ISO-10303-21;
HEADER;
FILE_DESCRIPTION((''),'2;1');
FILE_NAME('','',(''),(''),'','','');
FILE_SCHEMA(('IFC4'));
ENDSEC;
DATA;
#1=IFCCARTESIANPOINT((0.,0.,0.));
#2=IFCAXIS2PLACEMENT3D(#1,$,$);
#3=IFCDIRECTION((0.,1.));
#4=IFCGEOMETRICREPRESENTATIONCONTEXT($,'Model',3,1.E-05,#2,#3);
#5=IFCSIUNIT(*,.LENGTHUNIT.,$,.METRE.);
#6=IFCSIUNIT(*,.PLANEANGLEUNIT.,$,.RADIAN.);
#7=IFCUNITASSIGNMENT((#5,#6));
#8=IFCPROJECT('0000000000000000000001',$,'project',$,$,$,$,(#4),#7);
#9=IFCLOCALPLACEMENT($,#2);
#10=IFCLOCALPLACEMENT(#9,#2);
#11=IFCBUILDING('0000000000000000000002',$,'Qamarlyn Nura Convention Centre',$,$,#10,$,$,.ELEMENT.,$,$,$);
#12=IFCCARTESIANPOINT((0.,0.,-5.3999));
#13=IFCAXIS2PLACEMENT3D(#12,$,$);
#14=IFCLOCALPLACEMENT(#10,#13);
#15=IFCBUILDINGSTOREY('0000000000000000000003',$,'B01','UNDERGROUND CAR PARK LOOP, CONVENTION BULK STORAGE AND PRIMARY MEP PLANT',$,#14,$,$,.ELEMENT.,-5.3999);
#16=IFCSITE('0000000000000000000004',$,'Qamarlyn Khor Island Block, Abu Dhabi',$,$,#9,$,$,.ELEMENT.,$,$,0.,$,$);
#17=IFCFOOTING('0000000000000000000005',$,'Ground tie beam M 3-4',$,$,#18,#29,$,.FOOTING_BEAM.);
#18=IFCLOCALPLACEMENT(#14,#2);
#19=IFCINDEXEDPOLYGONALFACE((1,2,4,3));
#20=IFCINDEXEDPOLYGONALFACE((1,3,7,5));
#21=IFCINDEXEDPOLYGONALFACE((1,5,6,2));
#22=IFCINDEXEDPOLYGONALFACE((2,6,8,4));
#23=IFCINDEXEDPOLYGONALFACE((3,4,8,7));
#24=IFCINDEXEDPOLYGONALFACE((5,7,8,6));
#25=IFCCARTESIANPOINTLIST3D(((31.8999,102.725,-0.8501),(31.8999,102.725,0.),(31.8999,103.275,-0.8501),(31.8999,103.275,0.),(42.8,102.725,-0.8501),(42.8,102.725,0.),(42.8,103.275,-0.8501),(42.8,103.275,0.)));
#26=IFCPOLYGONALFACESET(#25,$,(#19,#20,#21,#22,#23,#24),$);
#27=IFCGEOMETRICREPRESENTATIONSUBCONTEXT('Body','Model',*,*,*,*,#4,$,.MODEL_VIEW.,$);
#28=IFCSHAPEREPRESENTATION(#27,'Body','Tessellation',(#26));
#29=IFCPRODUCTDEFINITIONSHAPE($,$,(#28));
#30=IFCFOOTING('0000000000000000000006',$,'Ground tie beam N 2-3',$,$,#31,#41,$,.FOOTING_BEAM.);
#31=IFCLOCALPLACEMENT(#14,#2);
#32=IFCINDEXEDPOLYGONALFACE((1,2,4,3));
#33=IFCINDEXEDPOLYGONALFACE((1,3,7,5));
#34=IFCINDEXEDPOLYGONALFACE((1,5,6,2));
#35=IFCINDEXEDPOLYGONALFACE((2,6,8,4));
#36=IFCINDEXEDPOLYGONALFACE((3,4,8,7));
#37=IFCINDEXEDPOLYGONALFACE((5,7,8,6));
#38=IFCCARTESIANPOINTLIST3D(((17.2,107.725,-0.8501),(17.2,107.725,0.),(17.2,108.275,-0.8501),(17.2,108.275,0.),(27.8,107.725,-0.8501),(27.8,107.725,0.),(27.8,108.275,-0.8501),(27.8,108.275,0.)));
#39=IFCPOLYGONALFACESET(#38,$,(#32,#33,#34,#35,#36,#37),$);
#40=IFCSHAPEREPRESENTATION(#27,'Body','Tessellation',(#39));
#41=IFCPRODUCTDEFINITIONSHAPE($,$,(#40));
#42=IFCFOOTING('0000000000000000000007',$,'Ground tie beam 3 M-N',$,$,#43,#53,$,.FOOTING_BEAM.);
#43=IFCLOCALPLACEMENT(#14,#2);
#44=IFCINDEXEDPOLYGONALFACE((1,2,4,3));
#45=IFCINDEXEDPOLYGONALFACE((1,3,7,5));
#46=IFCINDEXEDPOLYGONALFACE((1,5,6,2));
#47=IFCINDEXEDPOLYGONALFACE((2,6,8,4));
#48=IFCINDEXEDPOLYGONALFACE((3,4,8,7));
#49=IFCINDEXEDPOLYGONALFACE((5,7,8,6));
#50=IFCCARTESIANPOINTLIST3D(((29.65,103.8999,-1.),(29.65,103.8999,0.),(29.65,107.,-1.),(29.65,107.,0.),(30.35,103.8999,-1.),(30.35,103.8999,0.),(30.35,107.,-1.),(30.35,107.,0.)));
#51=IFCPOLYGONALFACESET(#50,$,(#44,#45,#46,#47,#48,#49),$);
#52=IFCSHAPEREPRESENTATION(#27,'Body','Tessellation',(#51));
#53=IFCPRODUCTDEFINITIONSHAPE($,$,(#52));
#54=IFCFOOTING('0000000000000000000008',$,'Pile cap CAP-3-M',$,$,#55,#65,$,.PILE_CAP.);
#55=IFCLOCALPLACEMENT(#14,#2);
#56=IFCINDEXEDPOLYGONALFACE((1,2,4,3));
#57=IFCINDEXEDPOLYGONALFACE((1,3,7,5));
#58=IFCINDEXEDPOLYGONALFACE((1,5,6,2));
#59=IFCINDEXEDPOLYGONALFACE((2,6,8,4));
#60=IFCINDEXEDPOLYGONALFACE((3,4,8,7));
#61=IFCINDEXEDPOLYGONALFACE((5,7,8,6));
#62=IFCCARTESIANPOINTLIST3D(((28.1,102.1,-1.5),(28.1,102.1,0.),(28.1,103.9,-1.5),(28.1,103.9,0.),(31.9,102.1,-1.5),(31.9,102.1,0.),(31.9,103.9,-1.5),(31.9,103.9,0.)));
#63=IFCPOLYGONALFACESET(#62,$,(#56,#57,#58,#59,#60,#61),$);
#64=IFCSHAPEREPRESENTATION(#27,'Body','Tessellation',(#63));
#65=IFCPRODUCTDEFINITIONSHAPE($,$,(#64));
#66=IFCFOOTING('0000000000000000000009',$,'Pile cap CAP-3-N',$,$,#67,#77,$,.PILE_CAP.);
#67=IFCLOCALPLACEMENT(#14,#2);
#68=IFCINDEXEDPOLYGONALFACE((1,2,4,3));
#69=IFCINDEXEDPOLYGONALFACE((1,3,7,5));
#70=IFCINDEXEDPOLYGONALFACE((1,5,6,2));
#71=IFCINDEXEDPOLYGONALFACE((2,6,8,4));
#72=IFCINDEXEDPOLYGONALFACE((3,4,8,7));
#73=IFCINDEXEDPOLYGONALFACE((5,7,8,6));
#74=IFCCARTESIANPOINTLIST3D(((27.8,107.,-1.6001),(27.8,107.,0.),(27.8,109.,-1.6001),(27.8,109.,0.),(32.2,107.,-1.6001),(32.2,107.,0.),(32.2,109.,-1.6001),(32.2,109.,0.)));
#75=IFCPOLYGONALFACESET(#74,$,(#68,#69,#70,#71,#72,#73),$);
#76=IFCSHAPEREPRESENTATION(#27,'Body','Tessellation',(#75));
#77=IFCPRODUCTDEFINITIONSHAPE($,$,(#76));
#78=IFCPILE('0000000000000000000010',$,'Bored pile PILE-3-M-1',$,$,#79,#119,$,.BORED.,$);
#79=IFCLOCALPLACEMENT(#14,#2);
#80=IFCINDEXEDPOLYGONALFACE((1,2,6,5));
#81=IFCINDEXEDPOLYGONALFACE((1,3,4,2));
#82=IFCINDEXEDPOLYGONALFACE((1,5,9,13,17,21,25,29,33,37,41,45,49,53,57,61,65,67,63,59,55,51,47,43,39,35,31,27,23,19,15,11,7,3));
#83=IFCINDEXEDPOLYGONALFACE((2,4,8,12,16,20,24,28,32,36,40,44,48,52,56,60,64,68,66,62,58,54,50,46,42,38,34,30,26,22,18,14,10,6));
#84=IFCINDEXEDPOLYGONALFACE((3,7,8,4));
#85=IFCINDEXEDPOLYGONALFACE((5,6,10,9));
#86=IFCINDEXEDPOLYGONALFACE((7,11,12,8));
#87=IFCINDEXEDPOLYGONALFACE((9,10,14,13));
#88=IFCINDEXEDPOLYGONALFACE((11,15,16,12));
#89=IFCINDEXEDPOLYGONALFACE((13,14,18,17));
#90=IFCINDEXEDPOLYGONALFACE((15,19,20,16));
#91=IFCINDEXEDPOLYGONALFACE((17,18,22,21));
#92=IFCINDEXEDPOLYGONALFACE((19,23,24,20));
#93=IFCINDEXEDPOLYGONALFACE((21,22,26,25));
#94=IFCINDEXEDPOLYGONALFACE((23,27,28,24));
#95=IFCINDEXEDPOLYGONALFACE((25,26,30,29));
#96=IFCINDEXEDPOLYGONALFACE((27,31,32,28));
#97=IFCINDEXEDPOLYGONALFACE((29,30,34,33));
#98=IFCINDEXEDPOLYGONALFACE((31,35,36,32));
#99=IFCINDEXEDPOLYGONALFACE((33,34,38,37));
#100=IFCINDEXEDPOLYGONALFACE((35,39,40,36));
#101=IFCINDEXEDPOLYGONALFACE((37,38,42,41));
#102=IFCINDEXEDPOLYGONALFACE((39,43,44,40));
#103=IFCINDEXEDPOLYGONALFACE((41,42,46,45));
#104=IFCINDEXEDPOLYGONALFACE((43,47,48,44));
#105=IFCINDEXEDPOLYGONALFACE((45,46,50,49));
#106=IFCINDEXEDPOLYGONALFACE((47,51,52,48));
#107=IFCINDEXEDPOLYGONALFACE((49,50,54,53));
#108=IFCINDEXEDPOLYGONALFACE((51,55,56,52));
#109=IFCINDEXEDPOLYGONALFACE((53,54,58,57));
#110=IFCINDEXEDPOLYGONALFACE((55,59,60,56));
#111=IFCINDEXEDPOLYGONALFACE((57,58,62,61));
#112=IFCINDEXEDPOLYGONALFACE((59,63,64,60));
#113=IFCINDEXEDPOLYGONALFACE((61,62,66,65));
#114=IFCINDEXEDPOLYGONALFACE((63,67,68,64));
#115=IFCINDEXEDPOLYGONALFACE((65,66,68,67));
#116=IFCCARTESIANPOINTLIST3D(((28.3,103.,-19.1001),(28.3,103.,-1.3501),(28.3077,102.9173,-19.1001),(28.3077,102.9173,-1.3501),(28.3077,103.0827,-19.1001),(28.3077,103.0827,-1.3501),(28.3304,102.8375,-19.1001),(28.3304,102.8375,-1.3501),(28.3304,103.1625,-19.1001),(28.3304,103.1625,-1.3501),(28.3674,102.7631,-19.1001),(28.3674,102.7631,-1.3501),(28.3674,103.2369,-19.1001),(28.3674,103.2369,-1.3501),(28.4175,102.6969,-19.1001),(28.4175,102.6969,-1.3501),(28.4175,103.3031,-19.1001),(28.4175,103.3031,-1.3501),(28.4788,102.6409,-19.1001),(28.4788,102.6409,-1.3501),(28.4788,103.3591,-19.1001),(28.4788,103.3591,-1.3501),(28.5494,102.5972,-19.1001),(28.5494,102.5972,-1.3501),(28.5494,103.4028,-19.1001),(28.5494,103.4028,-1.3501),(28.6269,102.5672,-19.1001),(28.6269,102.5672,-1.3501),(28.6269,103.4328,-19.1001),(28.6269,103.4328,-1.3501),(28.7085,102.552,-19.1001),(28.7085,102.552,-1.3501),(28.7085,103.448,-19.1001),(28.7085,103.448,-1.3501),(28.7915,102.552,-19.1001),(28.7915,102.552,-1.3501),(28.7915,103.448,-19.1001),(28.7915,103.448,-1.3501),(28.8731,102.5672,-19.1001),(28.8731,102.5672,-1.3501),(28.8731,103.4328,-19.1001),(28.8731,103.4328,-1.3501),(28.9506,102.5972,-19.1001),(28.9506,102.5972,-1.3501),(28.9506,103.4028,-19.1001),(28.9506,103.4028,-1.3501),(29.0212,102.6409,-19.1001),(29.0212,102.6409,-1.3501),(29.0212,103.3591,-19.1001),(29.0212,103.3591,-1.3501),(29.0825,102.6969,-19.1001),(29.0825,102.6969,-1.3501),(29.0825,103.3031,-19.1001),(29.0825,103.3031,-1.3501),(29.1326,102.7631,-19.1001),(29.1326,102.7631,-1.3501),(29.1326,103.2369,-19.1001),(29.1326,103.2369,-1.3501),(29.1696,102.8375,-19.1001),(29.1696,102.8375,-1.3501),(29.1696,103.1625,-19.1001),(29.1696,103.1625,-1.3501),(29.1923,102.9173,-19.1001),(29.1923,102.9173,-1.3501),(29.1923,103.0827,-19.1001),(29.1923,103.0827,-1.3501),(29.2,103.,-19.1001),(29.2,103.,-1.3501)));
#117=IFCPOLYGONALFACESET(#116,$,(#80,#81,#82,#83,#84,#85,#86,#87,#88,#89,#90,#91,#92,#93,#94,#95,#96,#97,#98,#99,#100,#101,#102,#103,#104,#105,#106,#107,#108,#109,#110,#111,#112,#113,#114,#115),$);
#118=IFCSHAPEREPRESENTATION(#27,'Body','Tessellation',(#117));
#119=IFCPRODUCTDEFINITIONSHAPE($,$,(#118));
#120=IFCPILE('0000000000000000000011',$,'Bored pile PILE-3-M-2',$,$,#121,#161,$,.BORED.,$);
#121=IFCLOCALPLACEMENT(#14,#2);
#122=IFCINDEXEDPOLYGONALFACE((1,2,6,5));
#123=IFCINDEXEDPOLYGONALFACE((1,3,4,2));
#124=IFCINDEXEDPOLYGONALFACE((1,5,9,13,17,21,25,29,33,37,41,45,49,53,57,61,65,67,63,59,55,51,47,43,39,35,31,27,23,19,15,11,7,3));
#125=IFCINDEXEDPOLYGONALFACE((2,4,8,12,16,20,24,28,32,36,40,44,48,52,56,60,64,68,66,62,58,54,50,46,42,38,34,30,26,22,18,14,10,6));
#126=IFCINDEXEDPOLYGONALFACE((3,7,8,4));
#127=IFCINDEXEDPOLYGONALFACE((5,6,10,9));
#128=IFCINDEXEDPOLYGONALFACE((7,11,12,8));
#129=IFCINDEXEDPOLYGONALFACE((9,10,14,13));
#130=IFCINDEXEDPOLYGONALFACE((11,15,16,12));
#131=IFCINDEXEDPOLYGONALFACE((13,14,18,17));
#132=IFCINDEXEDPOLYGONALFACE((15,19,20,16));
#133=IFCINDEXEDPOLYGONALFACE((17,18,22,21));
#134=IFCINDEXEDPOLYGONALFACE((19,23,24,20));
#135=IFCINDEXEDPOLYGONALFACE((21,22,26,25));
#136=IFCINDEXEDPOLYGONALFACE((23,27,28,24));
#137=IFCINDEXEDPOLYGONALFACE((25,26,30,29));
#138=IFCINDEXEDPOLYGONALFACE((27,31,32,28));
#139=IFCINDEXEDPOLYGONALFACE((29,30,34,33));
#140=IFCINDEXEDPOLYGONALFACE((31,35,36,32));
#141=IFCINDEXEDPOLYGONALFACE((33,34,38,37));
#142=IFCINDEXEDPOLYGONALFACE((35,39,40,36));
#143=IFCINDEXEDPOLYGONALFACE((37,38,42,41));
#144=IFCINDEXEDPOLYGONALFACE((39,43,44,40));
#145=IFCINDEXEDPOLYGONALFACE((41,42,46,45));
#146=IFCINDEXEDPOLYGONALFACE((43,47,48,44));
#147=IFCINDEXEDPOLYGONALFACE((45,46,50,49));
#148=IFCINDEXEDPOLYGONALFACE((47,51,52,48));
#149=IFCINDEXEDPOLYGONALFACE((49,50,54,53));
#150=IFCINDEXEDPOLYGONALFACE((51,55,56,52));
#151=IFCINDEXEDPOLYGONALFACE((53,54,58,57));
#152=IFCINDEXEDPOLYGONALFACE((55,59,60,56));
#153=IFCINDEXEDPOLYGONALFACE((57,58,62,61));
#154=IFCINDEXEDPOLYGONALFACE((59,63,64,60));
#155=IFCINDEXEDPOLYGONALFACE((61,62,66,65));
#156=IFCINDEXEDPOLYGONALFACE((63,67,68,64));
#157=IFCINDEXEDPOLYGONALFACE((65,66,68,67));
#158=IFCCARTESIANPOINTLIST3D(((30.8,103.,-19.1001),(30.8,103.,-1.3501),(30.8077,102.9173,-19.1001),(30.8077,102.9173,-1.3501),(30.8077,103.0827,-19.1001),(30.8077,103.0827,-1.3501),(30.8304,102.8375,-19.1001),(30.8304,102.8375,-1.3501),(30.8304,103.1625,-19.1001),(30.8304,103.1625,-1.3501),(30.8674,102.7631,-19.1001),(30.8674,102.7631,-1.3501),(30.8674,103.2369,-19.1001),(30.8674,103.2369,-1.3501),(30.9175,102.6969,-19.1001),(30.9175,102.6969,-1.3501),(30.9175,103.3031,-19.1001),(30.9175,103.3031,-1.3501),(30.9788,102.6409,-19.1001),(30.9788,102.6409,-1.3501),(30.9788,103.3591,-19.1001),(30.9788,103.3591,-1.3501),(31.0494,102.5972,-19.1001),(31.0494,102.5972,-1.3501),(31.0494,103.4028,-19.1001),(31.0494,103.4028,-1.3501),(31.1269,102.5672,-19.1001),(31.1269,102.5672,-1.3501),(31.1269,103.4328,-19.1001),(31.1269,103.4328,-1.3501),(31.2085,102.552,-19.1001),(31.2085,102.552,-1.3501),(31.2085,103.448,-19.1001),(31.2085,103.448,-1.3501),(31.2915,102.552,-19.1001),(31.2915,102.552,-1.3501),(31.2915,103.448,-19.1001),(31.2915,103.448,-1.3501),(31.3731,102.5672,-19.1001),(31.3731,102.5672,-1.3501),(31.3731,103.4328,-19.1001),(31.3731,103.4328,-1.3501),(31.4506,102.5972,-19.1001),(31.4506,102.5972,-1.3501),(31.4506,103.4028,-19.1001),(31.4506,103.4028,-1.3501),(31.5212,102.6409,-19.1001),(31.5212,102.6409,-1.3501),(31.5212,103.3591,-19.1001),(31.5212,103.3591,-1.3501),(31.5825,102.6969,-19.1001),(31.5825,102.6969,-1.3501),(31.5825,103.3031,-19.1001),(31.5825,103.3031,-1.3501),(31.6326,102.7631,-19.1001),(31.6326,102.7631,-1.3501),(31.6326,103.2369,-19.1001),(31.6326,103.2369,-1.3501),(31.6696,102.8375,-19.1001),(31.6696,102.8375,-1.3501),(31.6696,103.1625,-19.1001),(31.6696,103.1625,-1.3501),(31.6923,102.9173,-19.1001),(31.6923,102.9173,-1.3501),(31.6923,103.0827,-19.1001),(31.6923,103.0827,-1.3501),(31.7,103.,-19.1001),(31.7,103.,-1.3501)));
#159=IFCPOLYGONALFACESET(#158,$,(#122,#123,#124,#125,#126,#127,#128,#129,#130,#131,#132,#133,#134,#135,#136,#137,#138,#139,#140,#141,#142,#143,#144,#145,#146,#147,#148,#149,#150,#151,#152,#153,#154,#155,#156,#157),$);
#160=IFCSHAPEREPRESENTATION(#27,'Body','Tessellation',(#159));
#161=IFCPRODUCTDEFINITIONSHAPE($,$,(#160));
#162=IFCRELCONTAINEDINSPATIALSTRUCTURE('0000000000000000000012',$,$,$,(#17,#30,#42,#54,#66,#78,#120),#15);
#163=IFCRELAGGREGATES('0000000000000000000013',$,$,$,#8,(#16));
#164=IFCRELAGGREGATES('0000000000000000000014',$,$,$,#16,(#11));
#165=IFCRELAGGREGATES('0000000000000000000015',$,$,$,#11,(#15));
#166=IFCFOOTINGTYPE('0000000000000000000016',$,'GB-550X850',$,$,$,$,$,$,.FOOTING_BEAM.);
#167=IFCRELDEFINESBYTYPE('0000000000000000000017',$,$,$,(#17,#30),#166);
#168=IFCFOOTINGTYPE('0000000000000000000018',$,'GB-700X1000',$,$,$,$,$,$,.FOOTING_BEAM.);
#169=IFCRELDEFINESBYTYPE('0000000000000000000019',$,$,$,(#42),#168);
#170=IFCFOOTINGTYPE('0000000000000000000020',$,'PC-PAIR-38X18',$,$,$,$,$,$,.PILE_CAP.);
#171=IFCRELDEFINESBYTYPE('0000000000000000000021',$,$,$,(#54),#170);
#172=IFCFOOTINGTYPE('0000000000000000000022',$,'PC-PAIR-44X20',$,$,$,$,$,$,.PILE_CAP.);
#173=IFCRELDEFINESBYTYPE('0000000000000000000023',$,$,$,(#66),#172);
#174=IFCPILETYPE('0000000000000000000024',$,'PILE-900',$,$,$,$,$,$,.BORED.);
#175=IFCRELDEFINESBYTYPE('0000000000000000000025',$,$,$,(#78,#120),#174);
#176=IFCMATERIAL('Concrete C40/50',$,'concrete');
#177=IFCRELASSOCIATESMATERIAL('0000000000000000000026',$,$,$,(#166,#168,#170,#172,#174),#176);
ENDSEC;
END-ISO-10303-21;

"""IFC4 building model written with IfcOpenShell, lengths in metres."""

from ifc_helpers import new_model, si_unit, direction, frame, origin, origin_2d, place, context, subcontext, project, spatial, rectangle, circle, extrude, material, material_profile, profile_set, type_object, element, save


model = new_model("IFC4")

# Units and contexts
model_context = context("Model", 3, precision=1e-05, world=origin(), true_north=direction((0.0, 1.0)))
body_context = subcontext(model_context, "Body", "Model", "MODEL_VIEW")
ifc_project = project(units=[si_unit("LENGTHUNIT", "METRE"), si_unit("PLANEANGLEUNIT", "RADIAN")], contexts=[model_context])

# Site, building, storey
site_placement = place(None, origin())
site = spatial("IfcSite", under=ifc_project, at=site_placement, Name="Qamarlyn Khor Island Block, Abu Dhabi", CompositionType="ELEMENT", RefElevation=0.0)
building_placement = place(site_placement, origin())
building = spatial("IfcBuilding", under=site, at=building_placement, Name="Qamarlyn Nura Convention Centre", CompositionType="ELEMENT")
storey_placement = place(building_placement, frame((0.0, 0.0, -5.3999)))
storey = spatial("IfcBuildingStorey", under=building, at=storey_placement, Name="B01", Description="UNDERGROUND CAR PARK LOOP, CONVENTION BULK STORAGE AND PRIMARY MEP PLANT", CompositionType="ELEMENT", Elevation=-5.3999)

# Footings
ifc_material_1 = material(Name="Concrete C40/50", Category="concrete")
ifc_material_profile_1 = material_profile(ifc_material_1, rectangle(XDim=0.55, YDim=0.8501, at=origin_2d()), Name="RC GB 550x850")
ifc_profile_set_1 = profile_set([ifc_material_profile_1], Name="Concrete C40/50")
footing_type_1 = type_object("IfcFootingType", Name="GB-550X850", PredefinedType="FOOTING_BEAM", material=ifc_profile_set_1)
footing_1_placement = place(storey_placement, frame((31.8999, 103.0, -0.425), z_axis=(1.0, 0.0, 0.0), x_axis=(0.0, 1.0, 0.0)))
element("IfcFooting", 1, at=footing_1_placement, inside=storey, type_object=footing_type_1, Name="Ground tie beam M 3-4", PredefinedType="FOOTING_BEAM", context=body_context, shape_type="SweptSolid", body=[
    extrude(rectangle(XDim=0.55, YDim=0.8501, at=origin_2d()), origin(), (0.0, 0.0, 1.0), 10.9001),
])
footing_2_placement = place(storey_placement, frame((17.2, 108.0, -0.425), z_axis=(1.0, 0.0, 0.0), x_axis=(0.0, 1.0, 0.0)))
element("IfcFooting", 2, at=footing_2_placement, inside=storey, type_object=footing_type_1, Name="Ground tie beam N 2-3", PredefinedType="FOOTING_BEAM", context=body_context, shape_type="SweptSolid", body=[
    extrude(rectangle(XDim=0.55, YDim=0.8501, at=origin_2d()), origin(), (0.0, 0.0, 1.0), 10.6001),
])
ifc_material_profile_2 = material_profile(ifc_material_1, rectangle(XDim=0.7, YDim=1.0, at=origin_2d()), Name="RC GB 700x1000")
ifc_profile_set_2 = profile_set([ifc_material_profile_2], Name="Concrete C40/50")
footing_type_2 = type_object("IfcFootingType", Name="GB-700X1000", PredefinedType="FOOTING_BEAM", material=ifc_profile_set_2)
footing_3_placement = place(storey_placement, frame((30.0, 103.8999, -0.5), z_axis=(0.0, 1.0, 0.0), x_axis=(-1.0, 0.0, 0.0)))
element("IfcFooting", 3, at=footing_3_placement, inside=storey, type_object=footing_type_2, Name="Ground tie beam 3 M-N", PredefinedType="FOOTING_BEAM", context=body_context, shape_type="SweptSolid", body=[
    extrude(rectangle(XDim=0.7, YDim=1.0, at=origin_2d()), origin(), (0.0, 0.0, 1.0), 3.1001),
])
footing_type_3 = type_object("IfcFootingType", Name="PC-PAIR-38X18", PredefinedType="PILE_CAP", material=ifc_material_1)
footing_4_placement = place(storey_placement, frame((30.0, 103.0, -1.5), z_axis=(0.0, 0.0, 1.0), x_axis=(1.0, 0.0, 0.0)))
element("IfcFooting", 4, at=footing_4_placement, inside=storey, type_object=footing_type_3, Name="Pile cap CAP-3-M", PredefinedType="PILE_CAP", context=body_context, shape_type="SweptSolid", body=[
    extrude(rectangle(XDim=3.8, YDim=1.8, at=origin_2d()), origin(), (0.0, 0.0, 1.0), 1.5),
])
footing_type_4 = type_object("IfcFootingType", Name="PC-PAIR-44X20", PredefinedType="PILE_CAP", material=ifc_material_1)
footing_5_placement = place(storey_placement, frame((30.0, 108.0, -1.6001), z_axis=(0.0, 0.0, 1.0), x_axis=(1.0, 0.0, 0.0)))
element("IfcFooting", 5, at=footing_5_placement, inside=storey, type_object=footing_type_4, Name="Pile cap CAP-3-N", PredefinedType="PILE_CAP", context=body_context, shape_type="SweptSolid", body=[
    extrude(rectangle(XDim=4.3999, YDim=2.0, at=origin_2d()), origin(), (0.0, 0.0, 1.0), 1.6001),
])

# Piles
ifc_material_profile_3 = material_profile(ifc_material_1, circle(Radius=0.45, at=origin_2d()), Name="BORED PILE 900")
ifc_profile_set_3 = profile_set([ifc_material_profile_3], Name="Concrete C40/50")
pile_type = type_object("IfcPileType", Name="PILE-900", PredefinedType="BORED", material=ifc_profile_set_3)
for number, where, z_axis, x_axis, name in (
    (6, (28.75, 103.0, -1.3501), (0.0, 0.0, -1.0), (1.0, 0.0, 0.0), "Bored pile PILE-3-M-1"),
    (7, (31.25, 103.0, -1.3501), (0.0, 0.0, -1.0), (1.0, 0.0, 0.0), "Bored pile PILE-3-M-2"),
):
    element("IfcPile", number, at=place(storey_placement, frame(where, z_axis=z_axis, x_axis=x_axis)), inside=storey, type_object=pile_type, Name=name, PredefinedType="BORED", context=body_context, shape_type="SweptSolid", body=[
        extrude(circle(Radius=0.45, at=origin_2d()), origin(), (0.0, 0.0, 1.0), 17.75),
    ])

save(model, "model.ifc")
